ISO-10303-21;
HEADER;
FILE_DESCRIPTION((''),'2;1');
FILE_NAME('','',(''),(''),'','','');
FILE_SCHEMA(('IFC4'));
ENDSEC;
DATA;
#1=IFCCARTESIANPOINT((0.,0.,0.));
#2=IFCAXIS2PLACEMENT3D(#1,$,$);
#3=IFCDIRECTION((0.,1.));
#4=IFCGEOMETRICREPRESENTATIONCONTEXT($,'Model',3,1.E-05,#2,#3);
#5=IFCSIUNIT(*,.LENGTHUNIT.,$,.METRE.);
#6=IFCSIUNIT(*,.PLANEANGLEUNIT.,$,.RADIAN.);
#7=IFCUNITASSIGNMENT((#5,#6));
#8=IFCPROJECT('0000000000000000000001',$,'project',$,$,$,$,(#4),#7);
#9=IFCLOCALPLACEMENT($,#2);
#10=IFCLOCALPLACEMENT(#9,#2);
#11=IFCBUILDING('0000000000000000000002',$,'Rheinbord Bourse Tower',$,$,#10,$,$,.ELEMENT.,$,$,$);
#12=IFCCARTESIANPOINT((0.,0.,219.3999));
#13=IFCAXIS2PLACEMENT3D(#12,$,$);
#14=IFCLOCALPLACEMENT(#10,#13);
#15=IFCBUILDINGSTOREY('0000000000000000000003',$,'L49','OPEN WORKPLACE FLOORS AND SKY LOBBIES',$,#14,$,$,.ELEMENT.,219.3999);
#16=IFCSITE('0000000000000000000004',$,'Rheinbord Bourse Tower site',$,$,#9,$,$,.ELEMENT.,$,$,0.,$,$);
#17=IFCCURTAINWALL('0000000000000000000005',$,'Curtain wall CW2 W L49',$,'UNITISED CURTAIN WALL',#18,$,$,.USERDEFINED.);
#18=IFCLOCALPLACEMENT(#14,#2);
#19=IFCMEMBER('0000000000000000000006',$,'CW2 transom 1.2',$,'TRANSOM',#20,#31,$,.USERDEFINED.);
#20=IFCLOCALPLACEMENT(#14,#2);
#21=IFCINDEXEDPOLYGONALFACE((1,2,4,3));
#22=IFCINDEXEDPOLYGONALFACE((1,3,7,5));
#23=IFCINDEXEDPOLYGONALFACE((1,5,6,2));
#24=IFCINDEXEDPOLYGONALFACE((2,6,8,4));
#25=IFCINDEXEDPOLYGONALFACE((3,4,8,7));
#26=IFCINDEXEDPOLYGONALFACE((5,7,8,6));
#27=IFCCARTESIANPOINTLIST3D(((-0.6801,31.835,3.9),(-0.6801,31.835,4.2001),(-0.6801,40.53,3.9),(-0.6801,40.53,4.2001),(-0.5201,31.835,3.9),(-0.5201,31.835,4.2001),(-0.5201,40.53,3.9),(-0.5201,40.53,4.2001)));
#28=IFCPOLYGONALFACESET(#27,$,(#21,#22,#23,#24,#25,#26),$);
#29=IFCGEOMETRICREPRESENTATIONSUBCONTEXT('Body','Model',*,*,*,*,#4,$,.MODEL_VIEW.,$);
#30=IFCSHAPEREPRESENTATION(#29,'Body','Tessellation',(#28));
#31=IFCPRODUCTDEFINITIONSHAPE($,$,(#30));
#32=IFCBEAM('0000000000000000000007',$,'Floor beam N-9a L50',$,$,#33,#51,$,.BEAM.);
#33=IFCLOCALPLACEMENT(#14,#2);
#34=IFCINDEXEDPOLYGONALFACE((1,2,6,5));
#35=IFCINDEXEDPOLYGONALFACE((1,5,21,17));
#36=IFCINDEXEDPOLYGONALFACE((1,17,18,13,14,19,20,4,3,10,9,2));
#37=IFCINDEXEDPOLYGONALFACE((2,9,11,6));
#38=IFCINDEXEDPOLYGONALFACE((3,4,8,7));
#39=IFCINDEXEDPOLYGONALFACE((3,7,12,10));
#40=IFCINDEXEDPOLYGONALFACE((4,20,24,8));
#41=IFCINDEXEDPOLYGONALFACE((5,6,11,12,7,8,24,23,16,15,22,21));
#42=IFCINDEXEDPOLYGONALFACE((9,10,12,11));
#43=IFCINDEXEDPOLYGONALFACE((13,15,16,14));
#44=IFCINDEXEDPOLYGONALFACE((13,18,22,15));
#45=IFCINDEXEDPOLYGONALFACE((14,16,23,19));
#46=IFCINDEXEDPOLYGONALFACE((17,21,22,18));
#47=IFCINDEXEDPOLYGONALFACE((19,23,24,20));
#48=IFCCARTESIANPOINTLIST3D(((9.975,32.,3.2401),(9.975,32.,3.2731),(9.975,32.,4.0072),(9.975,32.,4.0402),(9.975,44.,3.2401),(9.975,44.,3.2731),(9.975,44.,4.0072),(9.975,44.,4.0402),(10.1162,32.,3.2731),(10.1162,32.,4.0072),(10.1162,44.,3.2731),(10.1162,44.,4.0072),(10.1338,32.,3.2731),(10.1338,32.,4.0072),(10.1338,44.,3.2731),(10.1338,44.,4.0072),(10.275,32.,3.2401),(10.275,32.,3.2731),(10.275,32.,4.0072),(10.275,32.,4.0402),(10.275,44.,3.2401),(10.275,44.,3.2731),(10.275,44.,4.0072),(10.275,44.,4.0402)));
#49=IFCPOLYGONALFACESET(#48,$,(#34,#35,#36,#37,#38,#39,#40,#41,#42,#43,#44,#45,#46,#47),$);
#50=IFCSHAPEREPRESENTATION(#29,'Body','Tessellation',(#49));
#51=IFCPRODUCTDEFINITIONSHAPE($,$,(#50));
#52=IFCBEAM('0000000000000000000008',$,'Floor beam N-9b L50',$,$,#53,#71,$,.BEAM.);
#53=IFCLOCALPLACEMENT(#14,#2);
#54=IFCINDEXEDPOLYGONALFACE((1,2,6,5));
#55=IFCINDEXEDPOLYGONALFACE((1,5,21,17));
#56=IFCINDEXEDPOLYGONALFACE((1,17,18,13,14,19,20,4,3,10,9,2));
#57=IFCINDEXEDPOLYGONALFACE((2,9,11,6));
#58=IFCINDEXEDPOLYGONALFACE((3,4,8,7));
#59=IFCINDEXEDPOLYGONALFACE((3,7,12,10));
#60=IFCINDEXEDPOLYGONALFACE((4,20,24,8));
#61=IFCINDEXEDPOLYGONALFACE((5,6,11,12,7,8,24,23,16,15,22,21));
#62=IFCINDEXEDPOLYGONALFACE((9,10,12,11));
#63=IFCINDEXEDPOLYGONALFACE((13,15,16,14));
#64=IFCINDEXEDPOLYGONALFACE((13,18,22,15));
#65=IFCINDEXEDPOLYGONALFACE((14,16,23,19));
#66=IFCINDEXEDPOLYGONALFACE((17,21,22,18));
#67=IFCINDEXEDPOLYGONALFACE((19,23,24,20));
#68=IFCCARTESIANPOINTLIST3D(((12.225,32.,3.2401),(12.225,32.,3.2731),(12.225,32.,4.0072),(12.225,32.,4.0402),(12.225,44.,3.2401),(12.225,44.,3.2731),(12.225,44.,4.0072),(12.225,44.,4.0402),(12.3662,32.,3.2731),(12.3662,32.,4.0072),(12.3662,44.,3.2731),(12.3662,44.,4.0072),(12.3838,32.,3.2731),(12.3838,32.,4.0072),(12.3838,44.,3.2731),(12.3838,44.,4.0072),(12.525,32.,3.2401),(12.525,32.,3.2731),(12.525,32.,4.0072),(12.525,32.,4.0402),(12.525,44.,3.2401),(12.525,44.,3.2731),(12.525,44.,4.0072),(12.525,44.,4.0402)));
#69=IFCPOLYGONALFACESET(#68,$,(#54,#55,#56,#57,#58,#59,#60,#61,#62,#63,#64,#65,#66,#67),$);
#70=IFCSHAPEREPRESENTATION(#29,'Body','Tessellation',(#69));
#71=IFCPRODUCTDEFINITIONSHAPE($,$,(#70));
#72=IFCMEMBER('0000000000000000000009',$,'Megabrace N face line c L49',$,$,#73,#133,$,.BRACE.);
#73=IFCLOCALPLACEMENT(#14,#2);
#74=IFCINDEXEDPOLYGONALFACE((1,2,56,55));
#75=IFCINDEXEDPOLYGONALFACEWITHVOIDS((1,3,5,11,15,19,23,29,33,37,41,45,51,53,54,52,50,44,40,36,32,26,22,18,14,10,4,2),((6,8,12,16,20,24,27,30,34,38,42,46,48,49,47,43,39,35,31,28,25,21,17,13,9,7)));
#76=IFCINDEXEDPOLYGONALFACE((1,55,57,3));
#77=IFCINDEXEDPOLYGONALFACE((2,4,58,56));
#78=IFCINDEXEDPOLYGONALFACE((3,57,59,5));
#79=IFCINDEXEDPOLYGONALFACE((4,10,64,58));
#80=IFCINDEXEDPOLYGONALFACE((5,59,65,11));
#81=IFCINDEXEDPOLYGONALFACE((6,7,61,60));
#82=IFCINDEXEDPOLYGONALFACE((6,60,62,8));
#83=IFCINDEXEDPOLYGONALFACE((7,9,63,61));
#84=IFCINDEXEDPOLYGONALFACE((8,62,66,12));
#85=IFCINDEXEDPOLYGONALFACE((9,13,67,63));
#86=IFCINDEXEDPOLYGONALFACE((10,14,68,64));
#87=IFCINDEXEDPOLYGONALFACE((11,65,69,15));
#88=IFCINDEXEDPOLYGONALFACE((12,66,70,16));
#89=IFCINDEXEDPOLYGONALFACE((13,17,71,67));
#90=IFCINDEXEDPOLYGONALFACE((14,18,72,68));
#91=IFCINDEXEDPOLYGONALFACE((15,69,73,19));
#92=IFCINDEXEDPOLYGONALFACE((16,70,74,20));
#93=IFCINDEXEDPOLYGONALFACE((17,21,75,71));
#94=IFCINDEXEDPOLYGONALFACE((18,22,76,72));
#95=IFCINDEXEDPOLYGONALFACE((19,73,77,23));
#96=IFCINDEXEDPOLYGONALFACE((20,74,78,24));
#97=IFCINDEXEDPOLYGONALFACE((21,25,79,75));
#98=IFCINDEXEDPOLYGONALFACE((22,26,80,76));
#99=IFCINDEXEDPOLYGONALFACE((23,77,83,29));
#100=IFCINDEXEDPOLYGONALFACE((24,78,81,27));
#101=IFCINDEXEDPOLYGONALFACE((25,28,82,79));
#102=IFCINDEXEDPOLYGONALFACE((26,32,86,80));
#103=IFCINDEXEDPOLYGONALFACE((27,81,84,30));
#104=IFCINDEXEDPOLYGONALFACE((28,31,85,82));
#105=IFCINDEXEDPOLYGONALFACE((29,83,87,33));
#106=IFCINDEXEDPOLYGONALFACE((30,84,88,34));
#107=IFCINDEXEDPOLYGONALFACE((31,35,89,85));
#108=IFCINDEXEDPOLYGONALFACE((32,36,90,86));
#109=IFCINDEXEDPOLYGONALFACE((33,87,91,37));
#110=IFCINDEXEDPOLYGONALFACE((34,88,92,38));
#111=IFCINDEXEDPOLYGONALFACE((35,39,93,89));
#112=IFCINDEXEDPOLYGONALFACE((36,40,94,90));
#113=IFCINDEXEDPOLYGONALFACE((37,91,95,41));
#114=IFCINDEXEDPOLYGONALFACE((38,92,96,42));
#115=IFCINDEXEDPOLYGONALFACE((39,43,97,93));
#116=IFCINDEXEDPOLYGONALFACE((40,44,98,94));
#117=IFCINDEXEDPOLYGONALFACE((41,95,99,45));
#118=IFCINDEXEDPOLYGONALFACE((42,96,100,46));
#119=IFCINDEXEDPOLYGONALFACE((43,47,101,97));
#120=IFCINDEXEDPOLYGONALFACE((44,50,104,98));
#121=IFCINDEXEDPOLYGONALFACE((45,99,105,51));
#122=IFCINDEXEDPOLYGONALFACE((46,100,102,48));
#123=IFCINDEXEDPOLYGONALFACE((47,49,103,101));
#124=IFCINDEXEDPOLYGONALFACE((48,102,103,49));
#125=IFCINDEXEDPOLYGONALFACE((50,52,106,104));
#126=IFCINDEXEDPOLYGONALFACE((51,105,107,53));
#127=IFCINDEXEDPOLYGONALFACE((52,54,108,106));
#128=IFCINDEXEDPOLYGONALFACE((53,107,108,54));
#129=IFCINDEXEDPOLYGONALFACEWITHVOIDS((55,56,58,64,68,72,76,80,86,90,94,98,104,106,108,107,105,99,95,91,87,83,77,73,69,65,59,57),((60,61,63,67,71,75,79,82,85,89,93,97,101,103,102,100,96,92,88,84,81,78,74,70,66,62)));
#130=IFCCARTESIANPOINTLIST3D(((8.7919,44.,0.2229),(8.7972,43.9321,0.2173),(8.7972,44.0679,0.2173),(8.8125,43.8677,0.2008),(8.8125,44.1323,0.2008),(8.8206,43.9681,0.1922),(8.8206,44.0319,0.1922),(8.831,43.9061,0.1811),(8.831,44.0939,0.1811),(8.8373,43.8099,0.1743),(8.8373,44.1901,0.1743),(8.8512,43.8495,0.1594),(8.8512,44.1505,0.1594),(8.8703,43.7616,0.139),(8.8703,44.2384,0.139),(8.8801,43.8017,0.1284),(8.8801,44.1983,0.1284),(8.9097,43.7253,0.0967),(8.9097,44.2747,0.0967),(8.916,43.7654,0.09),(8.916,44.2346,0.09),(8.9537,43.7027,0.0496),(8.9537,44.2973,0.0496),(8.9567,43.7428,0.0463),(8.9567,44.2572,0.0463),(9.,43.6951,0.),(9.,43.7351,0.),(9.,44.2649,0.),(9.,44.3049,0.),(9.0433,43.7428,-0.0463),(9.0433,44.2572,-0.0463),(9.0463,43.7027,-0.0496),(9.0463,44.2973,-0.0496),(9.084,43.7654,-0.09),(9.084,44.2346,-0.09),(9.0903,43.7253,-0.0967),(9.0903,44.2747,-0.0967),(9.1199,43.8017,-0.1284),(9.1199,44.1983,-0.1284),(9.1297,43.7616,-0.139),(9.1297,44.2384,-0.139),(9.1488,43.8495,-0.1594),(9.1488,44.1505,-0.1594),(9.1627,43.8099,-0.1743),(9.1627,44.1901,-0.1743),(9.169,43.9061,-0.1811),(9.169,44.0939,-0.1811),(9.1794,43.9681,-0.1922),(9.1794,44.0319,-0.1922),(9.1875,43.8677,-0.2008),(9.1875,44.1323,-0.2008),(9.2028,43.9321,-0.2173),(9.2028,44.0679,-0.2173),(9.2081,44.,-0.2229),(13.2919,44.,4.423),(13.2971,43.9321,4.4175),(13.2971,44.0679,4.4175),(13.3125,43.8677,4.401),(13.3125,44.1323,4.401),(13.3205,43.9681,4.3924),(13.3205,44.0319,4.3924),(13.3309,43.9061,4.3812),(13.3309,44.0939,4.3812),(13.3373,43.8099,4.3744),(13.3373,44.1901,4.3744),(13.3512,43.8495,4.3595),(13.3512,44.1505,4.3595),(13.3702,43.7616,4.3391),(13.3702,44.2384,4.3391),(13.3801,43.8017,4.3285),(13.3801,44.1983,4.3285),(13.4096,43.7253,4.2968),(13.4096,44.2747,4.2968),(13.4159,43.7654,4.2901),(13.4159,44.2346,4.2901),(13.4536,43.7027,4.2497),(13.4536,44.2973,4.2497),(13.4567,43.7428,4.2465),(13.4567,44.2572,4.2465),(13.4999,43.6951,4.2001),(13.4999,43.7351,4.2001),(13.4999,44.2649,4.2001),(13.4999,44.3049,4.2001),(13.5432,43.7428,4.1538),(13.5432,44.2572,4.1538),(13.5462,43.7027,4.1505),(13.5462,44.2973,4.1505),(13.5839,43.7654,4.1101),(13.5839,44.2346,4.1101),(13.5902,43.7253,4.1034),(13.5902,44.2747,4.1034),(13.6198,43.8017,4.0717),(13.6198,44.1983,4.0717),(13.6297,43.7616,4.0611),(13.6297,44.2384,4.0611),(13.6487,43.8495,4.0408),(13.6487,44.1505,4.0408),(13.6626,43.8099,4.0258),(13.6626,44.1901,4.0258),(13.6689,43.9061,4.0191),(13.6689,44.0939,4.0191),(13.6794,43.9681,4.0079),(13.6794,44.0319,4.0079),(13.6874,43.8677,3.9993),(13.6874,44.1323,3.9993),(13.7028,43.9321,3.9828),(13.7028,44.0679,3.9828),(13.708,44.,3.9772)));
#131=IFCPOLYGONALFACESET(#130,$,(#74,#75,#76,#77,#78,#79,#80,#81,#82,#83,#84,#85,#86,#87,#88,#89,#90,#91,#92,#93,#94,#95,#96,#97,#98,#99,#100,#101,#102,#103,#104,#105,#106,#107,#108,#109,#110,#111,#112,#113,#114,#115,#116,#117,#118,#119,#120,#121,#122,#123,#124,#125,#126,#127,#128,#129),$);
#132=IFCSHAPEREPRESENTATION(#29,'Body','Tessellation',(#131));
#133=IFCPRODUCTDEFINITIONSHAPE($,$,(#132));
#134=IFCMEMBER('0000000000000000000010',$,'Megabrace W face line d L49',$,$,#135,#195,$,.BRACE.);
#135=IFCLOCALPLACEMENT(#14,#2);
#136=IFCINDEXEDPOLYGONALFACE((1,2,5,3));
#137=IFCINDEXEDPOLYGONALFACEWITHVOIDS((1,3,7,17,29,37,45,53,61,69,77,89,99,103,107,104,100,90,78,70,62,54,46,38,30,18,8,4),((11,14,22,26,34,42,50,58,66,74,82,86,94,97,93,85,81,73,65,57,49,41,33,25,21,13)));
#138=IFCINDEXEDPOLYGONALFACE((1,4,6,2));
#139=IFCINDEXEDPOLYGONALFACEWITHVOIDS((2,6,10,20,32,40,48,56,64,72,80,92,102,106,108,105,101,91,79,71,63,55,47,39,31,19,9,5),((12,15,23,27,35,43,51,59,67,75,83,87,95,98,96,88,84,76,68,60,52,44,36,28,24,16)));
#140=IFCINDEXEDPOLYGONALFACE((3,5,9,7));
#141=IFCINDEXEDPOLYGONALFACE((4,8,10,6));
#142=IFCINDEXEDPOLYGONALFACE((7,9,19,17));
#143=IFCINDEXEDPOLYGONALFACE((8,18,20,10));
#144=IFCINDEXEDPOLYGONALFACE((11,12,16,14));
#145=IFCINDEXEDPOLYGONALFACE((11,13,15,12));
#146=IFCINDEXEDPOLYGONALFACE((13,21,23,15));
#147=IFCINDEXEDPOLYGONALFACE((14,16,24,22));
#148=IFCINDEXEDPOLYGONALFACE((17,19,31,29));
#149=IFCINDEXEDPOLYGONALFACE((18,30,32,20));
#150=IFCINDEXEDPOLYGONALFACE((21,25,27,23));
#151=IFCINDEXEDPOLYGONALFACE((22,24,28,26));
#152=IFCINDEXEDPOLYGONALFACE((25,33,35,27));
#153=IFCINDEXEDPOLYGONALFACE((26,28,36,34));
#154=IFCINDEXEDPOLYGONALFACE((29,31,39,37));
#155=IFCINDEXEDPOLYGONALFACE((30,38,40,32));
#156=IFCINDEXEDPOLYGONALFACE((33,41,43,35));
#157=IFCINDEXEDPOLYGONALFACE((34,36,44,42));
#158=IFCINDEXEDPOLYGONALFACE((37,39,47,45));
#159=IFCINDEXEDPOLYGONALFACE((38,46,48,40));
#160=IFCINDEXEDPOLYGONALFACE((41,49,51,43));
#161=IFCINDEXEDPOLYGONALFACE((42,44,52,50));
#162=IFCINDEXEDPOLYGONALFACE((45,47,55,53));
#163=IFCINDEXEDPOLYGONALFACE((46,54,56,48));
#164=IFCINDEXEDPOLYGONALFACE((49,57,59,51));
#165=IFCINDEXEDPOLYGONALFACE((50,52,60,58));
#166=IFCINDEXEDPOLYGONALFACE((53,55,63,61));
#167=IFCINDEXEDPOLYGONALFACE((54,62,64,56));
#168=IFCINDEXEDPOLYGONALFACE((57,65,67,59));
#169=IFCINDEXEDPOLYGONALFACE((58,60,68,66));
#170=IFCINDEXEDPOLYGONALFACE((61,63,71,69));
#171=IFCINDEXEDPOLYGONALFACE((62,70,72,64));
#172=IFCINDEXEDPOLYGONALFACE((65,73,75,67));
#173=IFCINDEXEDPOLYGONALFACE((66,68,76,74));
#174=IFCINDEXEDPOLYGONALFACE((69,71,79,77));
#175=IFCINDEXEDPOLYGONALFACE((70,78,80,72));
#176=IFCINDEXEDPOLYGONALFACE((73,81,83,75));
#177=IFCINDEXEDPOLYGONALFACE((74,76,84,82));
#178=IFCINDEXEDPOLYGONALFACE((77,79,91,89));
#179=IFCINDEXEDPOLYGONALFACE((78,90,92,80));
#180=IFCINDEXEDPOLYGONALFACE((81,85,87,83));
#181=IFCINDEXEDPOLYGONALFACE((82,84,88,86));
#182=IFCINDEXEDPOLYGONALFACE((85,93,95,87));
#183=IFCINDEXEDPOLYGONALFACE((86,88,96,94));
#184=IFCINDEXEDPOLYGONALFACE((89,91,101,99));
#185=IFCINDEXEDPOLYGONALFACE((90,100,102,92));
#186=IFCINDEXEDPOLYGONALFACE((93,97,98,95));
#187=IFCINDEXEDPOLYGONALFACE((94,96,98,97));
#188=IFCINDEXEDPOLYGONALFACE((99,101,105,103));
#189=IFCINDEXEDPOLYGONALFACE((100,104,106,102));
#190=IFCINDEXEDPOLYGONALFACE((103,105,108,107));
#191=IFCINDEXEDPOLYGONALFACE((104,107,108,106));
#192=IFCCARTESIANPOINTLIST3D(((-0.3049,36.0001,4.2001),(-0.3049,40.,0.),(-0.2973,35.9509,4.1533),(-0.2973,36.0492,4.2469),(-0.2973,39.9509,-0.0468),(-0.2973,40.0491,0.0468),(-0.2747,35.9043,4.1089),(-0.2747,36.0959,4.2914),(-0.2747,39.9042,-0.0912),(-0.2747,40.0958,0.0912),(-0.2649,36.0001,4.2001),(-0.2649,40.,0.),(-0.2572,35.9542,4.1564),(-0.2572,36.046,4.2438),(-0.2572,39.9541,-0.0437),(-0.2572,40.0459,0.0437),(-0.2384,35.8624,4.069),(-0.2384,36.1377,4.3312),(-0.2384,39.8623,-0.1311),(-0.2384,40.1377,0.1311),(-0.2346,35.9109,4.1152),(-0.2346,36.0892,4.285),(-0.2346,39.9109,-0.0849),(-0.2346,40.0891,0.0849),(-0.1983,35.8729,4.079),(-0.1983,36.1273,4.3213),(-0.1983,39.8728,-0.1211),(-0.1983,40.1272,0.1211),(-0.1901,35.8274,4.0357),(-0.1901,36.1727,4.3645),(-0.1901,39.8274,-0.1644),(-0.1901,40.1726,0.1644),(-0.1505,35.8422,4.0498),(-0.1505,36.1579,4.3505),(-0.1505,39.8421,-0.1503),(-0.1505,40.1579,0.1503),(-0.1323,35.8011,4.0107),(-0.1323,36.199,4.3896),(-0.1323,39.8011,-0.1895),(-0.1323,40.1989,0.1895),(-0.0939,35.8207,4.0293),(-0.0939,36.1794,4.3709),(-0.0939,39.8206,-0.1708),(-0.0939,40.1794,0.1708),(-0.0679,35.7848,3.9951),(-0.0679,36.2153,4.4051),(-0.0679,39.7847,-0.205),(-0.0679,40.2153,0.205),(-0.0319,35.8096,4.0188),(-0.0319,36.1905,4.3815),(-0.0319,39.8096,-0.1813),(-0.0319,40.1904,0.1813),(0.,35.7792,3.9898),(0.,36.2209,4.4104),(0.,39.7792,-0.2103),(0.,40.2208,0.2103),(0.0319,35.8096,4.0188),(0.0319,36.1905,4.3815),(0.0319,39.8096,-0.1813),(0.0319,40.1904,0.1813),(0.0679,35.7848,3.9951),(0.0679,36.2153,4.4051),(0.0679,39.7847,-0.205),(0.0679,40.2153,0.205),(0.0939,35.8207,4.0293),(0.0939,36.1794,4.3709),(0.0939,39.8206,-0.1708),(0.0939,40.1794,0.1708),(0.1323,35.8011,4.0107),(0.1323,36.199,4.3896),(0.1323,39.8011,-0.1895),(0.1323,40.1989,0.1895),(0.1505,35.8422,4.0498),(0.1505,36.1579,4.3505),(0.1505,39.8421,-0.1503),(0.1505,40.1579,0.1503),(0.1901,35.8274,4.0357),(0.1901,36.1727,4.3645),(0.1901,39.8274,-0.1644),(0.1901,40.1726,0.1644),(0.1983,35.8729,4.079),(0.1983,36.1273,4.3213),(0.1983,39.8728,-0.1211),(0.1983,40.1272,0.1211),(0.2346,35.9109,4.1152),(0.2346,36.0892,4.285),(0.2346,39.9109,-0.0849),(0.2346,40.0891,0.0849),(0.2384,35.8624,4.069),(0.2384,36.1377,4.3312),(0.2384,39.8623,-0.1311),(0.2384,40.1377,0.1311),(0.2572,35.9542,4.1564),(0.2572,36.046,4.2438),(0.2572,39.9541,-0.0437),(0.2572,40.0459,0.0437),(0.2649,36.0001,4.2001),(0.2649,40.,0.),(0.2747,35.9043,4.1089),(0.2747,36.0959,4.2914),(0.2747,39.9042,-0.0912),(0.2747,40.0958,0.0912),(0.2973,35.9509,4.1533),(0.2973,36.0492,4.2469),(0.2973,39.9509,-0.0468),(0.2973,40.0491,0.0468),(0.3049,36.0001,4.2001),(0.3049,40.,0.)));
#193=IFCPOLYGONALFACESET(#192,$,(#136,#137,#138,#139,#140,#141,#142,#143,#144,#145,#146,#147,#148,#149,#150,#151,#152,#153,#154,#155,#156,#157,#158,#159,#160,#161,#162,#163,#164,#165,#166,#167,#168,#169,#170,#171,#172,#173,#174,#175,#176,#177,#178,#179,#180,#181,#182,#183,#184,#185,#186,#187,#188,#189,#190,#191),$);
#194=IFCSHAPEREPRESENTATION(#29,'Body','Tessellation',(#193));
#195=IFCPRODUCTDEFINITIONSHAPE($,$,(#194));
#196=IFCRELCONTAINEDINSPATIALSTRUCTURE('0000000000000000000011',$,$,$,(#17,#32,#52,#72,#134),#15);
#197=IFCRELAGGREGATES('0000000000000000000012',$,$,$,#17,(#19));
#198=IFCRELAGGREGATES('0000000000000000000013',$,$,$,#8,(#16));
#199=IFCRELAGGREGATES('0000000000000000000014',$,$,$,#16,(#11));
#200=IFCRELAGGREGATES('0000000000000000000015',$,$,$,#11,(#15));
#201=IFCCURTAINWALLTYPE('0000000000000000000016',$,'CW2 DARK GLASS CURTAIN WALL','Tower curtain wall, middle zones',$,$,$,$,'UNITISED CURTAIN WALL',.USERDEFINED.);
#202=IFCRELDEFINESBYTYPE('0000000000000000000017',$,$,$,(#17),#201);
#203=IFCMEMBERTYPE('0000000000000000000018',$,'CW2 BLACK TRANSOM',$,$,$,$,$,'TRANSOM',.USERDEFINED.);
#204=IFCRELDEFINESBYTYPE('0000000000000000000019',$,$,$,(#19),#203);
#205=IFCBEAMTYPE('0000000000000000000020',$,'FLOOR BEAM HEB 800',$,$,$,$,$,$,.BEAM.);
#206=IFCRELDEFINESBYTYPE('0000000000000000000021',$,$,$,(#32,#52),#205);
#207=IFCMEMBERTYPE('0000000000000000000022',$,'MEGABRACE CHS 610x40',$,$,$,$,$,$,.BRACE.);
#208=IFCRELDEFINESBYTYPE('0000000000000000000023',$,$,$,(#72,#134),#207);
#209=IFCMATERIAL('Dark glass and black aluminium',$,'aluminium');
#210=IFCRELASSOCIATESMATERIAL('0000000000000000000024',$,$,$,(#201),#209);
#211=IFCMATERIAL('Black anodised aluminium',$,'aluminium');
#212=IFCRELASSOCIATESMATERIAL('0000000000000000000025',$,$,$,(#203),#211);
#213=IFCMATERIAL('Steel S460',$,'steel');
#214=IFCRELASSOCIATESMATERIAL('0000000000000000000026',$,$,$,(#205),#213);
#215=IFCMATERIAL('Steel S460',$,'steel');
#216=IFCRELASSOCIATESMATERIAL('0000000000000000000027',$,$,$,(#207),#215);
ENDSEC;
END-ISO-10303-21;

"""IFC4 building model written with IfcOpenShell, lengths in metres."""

from ifc_helpers import new_model, si_unit, direction, frame, origin, origin_2d, place, context, subcontext, project, spatial, rectangle, hollow_circle, i_section, extrude, material, material_profile, profile_set, type_object, element, aggregate, save


model = new_model("IFC4")

# Units and contexts
model_context = context("Model", 3, precision=1e-05, world=origin(), true_north=direction((0.0, 1.0)))
body_context = subcontext(model_context, "Body", "Model", "MODEL_VIEW")
ifc_project = project(units=[si_unit("LENGTHUNIT", "METRE"), si_unit("PLANEANGLEUNIT", "RADIAN")], contexts=[model_context])

# Site, building, storey
site_placement = place(None, origin())
site = spatial("IfcSite", under=ifc_project, at=site_placement, Name="Rheinbord Bourse Tower site", CompositionType="ELEMENT", RefElevation=0.0)
building_placement = place(site_placement, origin())
building = spatial("IfcBuilding", under=site, at=building_placement, Name="Rheinbord Bourse Tower", CompositionType="ELEMENT")
storey_placement = place(building_placement, frame((0.0, 0.0, 219.3999)))
storey = spatial("IfcBuildingStorey", under=building, at=storey_placement, Name="L49", Description="OPEN WORKPLACE FLOORS AND SKY LOBBIES", CompositionType="ELEMENT", Elevation=219.3999)

# Shared definitions
ifc_material_1 = material(Name="Dark glass and black aluminium", Category="aluminium")
curtain_wall_type = type_object("IfcCurtainWallType", Name="CW2 DARK GLASS CURTAIN WALL", Description="Tower curtain wall, middle zones", ElementType="UNITISED CURTAIN WALL", PredefinedType="USERDEFINED", material=ifc_material_1)

# Curtain wall
curtain_wall_1_placement = place(storey_placement, origin())
curtain_wall_1 = element("IfcCurtainWall", 1, at=curtain_wall_1_placement, inside=storey, type_object=curtain_wall_type, Name="Curtain wall CW2 W L49", ObjectType="UNITISED CURTAIN WALL", PredefinedType="USERDEFINED")

# Member
ifc_material_2 = material(Name="Black anodised aluminium", Category="aluminium")
ifc_material_profile_1 = material_profile(ifc_material_2, rectangle(XDim=0.1599, YDim=0.3, at=origin_2d()), Name="CW2 TRANSOM 300x160")
ifc_profile_set_1 = profile_set([ifc_material_profile_1], Name="Black anodised aluminium")
member_type_1 = type_object("IfcMemberType", Name="CW2 BLACK TRANSOM", ElementType="TRANSOM", PredefinedType="USERDEFINED", material=ifc_profile_set_1)
member_1_placement = place(storey_placement, frame((-0.6001, 40.53, 4.05), z_axis=(0.0, -1.0, 0.0), x_axis=(1.0, 0.0, 0.0)))
member_1 = element("IfcMember", 2, at=member_1_placement, type_object=member_type_1, Name="CW2 transom 1.2", ObjectType="TRANSOM", PredefinedType="USERDEFINED", context=body_context, shape_type="SweptSolid", body=[
    extrude(rectangle(XDim=0.1599, YDim=0.3, at=origin_2d()), origin(), (0.0, 0.0, 1.0), 8.6951),
])

# Beams
ifc_material_3 = material(Name="Steel S460", Category="steel")
ifc_material_profile_2 = material_profile(ifc_material_3, i_section(OverallWidth=0.3, OverallDepth=0.8, WebThickness=0.0176, FlangeThickness=0.033, at=origin_2d()), Name="HEB 800")
ifc_profile_set_2 = profile_set([ifc_material_profile_2], Name="Steel S460")
beam_type_1 = type_object("IfcBeamType", Name="FLOOR BEAM HEB 800", PredefinedType="BEAM", material=ifc_profile_set_2)
for number, where, z_axis, x_axis, name in (
    (3, (10.125, 44.0, 3.6401), (0.0, -1.0, 0.0), (1.0, 0.0, 0.0), "Floor beam N-9a L50"),
    (4, (12.375, 44.0, 3.6401), (0.0, -1.0, 0.0), (1.0, 0.0, 0.0), "Floor beam N-9b L50"),
):
    element("IfcBeam", number, at=place(storey_placement, frame(where, z_axis=z_axis, x_axis=x_axis)), inside=storey, type_object=beam_type_1, Name=name, PredefinedType="BEAM", context=body_context, shape_type="SweptSolid", body=[
        extrude(i_section(OverallWidth=0.3, OverallDepth=0.8, WebThickness=0.0176, FlangeThickness=0.033, at=origin_2d()), origin(), (0.0, 0.0, 1.0), 12.0),
    ])

# Members
ifc_material_4 = material(Name="Steel S460", Category="steel")
ifc_material_profile_3 = material_profile(ifc_material_4, hollow_circle(Radius=0.3049, WallThickness=0.04, at=origin_2d()), Name="CHS 610x40")
ifc_profile_set_3 = profile_set([ifc_material_profile_3], Name="Steel S460")
member_type_2 = type_object("IfcMemberType", Name="MEGABRACE CHS 610x40", PredefinedType="BRACE", material=ifc_profile_set_3)
member_2_placement = place(storey_placement, frame((9.0, 44.0, 0.0), z_axis=(0.731039, 0.0, 0.682335), x_axis=(0.0, 1.0, 0.0)))
element("IfcMember", 5, at=member_2_placement, inside=storey, type_object=member_type_2, Name="Megabrace N face line c L49", PredefinedType="BRACE", context=body_context, shape_type="SweptSolid", body=[
    extrude(hollow_circle(Radius=0.3049, WallThickness=0.04, at=origin_2d()), origin(), (0.0, 0.0, 1.0), 6.1555),
])
member_3_placement = place(storey_placement, frame((0.0, 40.0, 0.0), z_axis=(0.0, -0.689638, 0.724154), x_axis=(1.0, 0.0, 0.0)))
element("IfcMember", 6, at=member_3_placement, inside=storey, type_object=member_type_2, Name="Megabrace W face line d L49", PredefinedType="BRACE", context=body_context, shape_type="SweptSolid", body=[
    extrude(hollow_circle(Radius=0.3049, WallThickness=0.04, at=origin_2d()), origin(), (0.0, 0.0, 1.0), 5.8),
])

aggregate(curtain_wall_1, [member_1])

save(model, "model.ifc")
